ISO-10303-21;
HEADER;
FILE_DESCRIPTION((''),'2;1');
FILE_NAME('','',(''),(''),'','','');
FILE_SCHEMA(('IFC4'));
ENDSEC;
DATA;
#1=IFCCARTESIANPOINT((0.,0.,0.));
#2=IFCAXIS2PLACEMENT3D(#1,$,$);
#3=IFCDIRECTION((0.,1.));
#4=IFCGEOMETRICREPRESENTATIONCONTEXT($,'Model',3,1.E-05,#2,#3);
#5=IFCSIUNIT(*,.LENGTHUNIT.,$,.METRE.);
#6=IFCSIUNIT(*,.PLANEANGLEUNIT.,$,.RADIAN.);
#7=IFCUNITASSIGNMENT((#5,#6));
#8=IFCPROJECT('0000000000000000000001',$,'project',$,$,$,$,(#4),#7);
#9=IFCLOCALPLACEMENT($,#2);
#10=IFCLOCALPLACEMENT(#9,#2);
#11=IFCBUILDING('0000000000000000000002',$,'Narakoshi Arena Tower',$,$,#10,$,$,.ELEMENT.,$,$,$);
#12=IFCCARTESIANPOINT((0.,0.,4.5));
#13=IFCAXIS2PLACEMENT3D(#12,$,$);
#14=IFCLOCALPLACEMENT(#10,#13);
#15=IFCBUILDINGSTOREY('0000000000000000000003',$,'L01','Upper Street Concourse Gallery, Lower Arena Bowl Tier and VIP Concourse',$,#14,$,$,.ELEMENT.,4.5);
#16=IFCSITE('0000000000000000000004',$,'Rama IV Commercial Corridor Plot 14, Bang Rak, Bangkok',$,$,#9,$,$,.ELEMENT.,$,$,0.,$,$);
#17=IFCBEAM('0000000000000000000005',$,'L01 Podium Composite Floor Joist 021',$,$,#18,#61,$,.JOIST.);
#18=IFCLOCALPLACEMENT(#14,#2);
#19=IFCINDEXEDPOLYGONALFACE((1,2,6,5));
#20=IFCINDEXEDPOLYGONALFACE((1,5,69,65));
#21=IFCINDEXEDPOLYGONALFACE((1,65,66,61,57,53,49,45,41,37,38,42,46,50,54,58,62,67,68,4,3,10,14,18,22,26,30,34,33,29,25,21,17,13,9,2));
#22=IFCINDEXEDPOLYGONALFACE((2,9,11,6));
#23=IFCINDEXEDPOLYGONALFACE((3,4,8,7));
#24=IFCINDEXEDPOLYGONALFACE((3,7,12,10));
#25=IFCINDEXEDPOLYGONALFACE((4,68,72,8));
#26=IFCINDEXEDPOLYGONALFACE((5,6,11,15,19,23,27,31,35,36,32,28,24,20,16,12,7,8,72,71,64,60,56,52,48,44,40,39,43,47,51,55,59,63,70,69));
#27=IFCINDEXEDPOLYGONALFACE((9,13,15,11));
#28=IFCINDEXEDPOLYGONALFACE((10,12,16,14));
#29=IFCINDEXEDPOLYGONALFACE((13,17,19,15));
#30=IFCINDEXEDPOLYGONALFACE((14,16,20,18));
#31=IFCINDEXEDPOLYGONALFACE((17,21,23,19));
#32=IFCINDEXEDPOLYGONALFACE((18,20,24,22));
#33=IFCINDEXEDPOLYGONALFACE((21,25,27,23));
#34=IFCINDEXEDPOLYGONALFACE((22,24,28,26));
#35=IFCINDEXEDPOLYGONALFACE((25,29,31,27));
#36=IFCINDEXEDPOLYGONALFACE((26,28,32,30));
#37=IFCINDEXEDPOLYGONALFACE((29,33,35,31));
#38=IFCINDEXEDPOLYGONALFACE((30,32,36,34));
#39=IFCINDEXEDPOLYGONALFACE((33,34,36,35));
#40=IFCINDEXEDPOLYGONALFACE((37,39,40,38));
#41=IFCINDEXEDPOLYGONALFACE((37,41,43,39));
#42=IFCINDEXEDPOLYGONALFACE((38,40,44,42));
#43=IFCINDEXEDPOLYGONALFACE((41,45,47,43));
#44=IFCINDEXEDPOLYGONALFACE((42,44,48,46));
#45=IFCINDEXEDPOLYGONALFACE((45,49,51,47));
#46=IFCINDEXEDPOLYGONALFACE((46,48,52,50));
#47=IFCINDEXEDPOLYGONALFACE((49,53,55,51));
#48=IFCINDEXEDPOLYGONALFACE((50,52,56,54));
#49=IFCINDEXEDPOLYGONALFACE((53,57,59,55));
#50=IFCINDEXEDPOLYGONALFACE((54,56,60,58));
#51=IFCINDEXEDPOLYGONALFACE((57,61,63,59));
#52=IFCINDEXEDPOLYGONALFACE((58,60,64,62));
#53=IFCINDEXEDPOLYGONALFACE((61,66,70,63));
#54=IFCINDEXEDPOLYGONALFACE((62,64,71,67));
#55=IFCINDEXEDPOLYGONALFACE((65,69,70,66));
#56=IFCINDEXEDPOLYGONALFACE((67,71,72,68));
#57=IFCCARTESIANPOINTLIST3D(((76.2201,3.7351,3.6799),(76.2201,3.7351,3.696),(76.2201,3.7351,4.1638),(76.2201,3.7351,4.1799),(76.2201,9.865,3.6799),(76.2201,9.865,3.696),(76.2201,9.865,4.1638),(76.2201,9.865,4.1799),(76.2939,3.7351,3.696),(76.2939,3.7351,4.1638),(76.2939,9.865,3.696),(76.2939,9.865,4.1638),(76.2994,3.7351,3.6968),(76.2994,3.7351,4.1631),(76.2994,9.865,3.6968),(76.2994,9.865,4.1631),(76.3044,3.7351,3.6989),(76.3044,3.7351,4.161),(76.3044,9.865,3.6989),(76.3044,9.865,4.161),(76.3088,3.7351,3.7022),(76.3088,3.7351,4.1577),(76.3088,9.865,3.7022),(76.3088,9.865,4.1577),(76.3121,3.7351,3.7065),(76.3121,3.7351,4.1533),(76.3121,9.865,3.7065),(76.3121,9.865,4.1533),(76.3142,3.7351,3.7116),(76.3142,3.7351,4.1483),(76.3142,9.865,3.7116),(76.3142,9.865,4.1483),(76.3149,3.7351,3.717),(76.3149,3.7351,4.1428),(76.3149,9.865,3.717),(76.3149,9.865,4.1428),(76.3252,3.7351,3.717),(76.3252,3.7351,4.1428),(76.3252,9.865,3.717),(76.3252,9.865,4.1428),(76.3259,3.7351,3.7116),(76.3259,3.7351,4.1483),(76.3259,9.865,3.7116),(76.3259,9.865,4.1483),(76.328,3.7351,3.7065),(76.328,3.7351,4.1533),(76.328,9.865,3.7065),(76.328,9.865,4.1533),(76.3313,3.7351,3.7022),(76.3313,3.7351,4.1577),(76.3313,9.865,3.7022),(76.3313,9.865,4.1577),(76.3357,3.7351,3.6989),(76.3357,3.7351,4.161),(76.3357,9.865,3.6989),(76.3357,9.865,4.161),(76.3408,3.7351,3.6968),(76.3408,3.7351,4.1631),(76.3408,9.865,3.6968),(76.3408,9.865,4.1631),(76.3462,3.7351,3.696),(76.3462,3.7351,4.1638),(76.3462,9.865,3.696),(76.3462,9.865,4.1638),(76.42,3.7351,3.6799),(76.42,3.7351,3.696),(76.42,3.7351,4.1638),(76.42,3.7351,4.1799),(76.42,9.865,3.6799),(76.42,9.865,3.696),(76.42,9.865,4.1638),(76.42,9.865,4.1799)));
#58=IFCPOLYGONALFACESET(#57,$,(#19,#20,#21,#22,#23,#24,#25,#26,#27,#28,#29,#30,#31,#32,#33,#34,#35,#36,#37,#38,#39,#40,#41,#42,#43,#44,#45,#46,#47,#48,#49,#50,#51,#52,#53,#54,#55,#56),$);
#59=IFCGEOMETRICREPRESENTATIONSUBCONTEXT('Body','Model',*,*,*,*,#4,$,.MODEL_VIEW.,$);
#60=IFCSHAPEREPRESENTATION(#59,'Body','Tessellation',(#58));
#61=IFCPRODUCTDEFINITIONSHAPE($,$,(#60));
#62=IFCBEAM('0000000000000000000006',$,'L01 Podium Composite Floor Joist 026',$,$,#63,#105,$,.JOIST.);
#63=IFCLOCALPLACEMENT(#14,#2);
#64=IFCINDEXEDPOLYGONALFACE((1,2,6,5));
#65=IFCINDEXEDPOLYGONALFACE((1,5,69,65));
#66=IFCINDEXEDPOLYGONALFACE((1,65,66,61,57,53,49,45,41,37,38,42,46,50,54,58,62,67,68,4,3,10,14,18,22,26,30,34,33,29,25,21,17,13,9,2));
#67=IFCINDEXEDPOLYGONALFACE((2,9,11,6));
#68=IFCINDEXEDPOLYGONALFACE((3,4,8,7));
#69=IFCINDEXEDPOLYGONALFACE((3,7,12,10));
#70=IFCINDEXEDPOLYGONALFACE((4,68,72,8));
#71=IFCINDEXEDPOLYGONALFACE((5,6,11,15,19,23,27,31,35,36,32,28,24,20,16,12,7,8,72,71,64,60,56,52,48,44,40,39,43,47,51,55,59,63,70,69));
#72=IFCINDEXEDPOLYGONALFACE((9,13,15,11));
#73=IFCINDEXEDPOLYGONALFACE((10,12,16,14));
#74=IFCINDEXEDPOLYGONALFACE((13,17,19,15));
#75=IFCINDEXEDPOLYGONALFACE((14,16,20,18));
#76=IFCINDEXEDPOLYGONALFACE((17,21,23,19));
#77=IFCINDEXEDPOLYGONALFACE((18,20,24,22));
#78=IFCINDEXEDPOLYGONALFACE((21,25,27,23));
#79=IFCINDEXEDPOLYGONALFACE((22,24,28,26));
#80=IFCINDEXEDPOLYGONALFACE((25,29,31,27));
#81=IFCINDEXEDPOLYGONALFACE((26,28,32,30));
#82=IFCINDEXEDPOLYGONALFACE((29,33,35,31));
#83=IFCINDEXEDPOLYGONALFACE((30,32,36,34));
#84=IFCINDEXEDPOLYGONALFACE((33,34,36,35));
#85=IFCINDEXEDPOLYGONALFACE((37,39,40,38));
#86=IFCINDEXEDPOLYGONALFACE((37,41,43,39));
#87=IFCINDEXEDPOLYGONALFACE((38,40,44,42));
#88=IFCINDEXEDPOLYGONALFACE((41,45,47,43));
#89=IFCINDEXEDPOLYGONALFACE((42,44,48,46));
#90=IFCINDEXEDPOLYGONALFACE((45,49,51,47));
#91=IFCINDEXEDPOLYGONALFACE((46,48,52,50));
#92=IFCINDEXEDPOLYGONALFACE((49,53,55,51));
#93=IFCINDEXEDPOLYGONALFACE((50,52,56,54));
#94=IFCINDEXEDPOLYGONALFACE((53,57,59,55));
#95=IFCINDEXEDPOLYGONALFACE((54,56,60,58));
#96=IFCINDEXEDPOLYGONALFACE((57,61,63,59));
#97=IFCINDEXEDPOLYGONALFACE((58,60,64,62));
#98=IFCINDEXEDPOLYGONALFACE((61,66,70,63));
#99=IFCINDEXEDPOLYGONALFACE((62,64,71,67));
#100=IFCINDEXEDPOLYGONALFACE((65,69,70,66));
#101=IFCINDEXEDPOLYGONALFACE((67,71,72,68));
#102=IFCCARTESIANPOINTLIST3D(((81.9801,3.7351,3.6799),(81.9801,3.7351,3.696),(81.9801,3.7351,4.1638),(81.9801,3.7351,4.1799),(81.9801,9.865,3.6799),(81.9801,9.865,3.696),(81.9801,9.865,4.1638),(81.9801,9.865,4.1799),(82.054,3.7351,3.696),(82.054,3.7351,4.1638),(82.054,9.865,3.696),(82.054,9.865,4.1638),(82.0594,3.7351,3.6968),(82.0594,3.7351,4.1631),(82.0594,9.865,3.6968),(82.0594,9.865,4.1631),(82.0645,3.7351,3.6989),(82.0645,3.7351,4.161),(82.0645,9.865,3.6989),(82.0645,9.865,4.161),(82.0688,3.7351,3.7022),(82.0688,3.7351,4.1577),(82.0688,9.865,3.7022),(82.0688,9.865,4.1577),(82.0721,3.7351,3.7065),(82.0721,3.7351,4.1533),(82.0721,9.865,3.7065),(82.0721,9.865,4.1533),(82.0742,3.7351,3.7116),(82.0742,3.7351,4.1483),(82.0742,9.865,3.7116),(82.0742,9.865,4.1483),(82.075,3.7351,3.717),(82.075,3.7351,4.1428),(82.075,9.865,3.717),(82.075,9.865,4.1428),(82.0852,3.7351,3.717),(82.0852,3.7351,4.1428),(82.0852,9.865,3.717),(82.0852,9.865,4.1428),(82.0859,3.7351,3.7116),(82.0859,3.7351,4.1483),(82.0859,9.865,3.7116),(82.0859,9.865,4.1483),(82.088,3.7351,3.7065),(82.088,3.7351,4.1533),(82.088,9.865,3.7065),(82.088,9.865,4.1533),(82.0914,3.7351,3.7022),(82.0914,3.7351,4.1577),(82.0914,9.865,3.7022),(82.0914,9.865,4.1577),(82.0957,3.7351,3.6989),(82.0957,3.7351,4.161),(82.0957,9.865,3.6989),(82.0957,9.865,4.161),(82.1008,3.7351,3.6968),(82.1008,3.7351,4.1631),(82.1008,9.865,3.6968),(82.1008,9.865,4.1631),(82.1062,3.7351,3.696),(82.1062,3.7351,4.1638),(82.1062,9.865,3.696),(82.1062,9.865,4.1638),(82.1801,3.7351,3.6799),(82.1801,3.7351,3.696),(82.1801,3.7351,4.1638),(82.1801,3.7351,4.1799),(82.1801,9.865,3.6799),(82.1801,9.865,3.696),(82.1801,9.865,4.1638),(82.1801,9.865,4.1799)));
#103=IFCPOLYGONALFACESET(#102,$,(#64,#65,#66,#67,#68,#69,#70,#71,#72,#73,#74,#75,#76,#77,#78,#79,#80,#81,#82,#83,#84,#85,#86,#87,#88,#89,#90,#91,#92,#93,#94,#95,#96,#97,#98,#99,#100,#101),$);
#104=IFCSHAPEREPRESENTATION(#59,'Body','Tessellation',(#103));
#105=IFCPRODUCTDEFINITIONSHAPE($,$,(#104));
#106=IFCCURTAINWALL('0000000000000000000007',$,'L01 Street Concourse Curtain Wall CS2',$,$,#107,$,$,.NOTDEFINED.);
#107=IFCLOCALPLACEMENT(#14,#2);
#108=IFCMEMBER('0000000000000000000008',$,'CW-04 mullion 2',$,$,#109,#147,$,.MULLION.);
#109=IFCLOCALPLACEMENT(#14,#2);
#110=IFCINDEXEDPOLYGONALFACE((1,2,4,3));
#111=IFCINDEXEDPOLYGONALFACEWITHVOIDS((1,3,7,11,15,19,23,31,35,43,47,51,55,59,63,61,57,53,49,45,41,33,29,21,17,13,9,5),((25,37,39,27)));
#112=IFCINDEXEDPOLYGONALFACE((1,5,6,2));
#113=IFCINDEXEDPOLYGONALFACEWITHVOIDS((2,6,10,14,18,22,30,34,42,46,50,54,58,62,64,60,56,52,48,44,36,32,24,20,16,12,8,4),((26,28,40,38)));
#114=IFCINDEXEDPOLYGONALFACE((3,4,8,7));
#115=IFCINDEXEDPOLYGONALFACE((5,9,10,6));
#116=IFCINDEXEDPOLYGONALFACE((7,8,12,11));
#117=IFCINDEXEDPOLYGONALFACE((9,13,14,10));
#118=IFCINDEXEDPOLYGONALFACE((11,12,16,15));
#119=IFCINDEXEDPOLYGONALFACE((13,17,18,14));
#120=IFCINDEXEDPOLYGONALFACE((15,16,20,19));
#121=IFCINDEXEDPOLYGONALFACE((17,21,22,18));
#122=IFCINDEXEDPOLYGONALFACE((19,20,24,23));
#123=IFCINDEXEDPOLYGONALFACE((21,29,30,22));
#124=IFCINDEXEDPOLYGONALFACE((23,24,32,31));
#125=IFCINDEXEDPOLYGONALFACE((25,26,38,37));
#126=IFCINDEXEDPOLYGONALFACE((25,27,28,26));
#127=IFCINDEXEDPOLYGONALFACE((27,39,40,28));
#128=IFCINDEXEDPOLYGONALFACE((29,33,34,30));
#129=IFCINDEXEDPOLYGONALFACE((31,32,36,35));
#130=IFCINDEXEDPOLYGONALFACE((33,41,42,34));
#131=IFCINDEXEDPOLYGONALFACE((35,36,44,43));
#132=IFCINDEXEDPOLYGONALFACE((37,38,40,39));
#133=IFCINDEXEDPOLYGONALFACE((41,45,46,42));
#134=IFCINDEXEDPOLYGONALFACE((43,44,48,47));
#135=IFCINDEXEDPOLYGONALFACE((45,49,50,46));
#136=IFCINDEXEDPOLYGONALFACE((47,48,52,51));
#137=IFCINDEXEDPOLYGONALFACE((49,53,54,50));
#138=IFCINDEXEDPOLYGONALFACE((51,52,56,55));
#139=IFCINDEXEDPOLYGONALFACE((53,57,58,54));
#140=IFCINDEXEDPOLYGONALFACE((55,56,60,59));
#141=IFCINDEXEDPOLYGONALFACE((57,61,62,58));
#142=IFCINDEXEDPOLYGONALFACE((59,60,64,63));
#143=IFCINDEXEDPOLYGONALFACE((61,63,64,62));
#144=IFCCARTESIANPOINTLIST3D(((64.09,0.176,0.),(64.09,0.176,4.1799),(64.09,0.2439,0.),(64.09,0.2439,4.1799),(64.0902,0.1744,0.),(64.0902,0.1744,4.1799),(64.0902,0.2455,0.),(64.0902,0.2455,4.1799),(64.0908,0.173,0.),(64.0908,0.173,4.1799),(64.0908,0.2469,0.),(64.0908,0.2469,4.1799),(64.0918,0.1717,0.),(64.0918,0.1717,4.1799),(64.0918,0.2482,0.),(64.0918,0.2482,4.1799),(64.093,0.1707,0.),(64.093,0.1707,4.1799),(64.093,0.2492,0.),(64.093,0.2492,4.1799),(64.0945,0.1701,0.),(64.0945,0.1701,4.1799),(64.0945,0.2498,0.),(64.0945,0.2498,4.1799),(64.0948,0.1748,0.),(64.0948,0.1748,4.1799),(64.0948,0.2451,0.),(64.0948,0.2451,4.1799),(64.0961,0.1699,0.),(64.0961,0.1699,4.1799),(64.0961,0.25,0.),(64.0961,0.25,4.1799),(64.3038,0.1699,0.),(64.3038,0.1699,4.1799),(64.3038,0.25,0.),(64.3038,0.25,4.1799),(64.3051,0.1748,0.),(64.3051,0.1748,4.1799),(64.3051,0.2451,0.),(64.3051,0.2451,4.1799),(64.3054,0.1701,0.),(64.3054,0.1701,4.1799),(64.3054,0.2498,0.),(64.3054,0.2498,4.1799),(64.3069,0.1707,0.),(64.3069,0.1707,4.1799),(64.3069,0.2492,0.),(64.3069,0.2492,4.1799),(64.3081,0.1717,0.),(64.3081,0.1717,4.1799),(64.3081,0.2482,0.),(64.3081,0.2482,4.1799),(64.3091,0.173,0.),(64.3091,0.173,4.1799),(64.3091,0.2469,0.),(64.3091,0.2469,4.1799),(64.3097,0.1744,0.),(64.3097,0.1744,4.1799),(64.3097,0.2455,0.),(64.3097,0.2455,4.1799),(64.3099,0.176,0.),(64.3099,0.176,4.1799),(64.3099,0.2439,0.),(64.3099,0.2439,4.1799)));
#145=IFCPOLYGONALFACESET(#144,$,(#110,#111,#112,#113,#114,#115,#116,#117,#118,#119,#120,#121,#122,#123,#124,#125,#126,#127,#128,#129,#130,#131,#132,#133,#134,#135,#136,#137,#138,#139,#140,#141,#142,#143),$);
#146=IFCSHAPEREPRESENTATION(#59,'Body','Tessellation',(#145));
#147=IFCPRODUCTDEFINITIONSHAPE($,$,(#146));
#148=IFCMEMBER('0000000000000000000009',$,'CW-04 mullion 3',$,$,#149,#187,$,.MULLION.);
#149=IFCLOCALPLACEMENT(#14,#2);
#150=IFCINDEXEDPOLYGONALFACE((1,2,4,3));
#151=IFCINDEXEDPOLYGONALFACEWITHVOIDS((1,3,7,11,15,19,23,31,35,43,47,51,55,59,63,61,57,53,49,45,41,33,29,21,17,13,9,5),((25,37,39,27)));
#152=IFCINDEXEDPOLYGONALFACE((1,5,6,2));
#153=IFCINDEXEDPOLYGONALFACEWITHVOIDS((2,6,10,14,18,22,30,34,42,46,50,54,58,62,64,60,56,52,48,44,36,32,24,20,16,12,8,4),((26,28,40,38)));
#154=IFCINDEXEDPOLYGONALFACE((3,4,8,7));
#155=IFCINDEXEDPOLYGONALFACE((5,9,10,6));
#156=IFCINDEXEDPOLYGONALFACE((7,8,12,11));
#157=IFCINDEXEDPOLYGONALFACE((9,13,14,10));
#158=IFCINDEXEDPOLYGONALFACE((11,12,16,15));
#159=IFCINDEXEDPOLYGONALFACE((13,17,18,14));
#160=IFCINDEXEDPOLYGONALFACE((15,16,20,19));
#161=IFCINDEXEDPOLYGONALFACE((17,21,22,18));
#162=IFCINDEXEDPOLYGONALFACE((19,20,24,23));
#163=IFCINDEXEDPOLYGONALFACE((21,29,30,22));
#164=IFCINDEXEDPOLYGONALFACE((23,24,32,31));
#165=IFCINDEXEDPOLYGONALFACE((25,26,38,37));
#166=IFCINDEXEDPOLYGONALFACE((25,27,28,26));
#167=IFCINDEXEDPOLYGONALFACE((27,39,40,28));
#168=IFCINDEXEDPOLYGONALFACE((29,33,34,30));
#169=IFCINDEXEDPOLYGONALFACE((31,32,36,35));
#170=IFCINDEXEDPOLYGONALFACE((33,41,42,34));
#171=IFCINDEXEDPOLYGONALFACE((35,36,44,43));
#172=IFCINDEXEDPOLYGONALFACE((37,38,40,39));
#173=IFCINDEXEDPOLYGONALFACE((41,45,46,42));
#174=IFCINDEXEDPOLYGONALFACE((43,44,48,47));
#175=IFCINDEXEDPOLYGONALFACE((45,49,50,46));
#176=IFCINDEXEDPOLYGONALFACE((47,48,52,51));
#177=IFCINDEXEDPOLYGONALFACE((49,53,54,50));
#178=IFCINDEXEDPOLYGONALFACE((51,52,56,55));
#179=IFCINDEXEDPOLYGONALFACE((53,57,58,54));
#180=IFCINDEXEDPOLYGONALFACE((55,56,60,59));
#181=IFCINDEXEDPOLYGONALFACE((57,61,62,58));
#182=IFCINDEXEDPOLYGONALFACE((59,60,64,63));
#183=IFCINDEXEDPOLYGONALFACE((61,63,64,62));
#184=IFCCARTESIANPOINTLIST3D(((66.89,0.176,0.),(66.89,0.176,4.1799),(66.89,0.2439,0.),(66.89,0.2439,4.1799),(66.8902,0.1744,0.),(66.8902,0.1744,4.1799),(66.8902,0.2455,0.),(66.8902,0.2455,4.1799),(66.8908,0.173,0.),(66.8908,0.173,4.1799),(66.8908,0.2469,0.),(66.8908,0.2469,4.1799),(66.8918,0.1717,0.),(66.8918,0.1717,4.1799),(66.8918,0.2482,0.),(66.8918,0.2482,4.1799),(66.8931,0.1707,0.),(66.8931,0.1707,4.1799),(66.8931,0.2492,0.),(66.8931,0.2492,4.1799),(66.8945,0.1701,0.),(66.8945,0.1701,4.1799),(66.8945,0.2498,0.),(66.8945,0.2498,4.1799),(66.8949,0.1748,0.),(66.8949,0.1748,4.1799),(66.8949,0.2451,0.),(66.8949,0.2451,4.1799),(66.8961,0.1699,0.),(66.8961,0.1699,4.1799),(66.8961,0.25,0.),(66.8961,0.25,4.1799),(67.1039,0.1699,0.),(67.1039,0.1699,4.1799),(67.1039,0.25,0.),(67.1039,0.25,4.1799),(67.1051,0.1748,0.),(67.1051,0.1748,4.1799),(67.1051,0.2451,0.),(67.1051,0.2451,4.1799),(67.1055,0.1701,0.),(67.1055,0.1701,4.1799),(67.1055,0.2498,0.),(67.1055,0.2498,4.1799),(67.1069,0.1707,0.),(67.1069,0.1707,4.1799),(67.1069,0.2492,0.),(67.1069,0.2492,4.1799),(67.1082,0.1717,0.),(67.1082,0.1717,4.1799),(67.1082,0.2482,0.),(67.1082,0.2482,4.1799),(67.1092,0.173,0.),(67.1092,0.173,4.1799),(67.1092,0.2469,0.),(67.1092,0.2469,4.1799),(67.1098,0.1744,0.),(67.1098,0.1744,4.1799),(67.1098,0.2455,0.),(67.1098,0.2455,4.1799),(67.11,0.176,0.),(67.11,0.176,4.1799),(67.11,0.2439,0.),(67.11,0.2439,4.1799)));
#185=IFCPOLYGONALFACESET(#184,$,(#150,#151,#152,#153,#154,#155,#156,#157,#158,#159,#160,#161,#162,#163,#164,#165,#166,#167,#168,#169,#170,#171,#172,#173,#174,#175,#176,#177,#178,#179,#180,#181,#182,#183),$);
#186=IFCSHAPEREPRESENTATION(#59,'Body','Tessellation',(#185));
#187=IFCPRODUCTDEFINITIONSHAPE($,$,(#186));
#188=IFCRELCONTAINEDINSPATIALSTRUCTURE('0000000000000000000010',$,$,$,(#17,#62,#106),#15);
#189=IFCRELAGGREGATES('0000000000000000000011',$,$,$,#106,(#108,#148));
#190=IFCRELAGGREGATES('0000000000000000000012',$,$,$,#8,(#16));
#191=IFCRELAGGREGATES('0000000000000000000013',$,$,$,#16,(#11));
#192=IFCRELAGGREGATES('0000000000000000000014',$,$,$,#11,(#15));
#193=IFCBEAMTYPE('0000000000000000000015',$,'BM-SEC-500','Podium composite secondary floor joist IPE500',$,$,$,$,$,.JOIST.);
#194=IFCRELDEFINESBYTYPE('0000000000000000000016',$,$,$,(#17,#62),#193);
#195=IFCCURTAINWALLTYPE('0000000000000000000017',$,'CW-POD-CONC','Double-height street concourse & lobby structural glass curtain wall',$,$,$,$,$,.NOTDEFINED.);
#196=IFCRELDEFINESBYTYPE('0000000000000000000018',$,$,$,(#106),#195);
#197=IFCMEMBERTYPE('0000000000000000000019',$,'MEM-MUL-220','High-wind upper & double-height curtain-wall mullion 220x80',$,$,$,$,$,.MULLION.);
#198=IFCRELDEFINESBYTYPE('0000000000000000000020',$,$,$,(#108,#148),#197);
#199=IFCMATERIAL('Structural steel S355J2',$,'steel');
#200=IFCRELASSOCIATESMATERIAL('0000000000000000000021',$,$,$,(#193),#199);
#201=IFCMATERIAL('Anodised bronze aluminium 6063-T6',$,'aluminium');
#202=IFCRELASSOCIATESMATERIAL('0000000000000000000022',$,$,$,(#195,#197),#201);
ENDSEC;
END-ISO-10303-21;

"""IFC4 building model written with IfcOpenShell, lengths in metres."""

from ifc_helpers import new_model, si_unit, direction, frame, origin, origin_2d, place, context, subcontext, project, spatial, hollow_rectangle, i_section, extrude, material, material_profile, profile_set, type_object, element, aggregate, save


model = new_model("IFC4")

# Units and contexts
model_context = context("Model", 3, precision=1e-05, world=origin(), true_north=direction((0.0, 1.0)))
body_context = subcontext(model_context, "Body", "Model", "MODEL_VIEW")
ifc_project = project(units=[si_unit("LENGTHUNIT", "METRE"), si_unit("PLANEANGLEUNIT", "RADIAN")], contexts=[model_context])

# Site, building, storey
site_placement = place(None, origin())
site = spatial("IfcSite", under=ifc_project, at=site_placement, Name="Rama IV Commercial Corridor Plot 14, Bang Rak, Bangkok", CompositionType="ELEMENT", RefElevation=0.0)
building_placement = place(site_placement, origin())
building = spatial("IfcBuilding", under=site, at=building_placement, Name="Narakoshi Arena Tower", CompositionType="ELEMENT")
storey_placement = place(building_placement, frame((0.0, 0.0, 4.5)))
storey = spatial("IfcBuildingStorey", under=building, at=storey_placement, Name="L01", Description="Upper Street Concourse Gallery, Lower Arena Bowl Tier and VIP Concourse", CompositionType="ELEMENT", Elevation=4.5)

# Beams
ifc_material_1 = material(Name="Structural steel S355J2", Category="steel")
ifc_material_profile_1 = material_profile(ifc_material_1, i_section(OverallWidth=0.2, OverallDepth=0.5, WebThickness=0.0103, FlangeThickness=0.0161, FilletRadius=0.021, at=origin_2d()), Name="IPE500")
ifc_profile_set_1 = profile_set([ifc_material_profile_1], Name="Structural steel S355J2")
beam_type_1 = type_object("IfcBeamType", Name="BM-SEC-500", Description="Podium composite secondary floor joist IPE500", PredefinedType="JOIST", material=ifc_profile_set_1)
for number, where, z_axis, x_axis, name in (
    (1, (76.3201, 3.7351, 3.9299), (0.0, 1.0, 0.0), (-1.0, 0.0, 0.0), "L01 Podium Composite Floor Joist 021"),
    (2, (82.0801, 3.7351, 3.9299), (0.0, 1.0, 0.0), (-1.0, 0.0, 0.0), "L01 Podium Composite Floor Joist 026"),
):
    element("IfcBeam", number, at=place(storey_placement, frame(where, z_axis=z_axis, x_axis=x_axis)), inside=storey, type_object=beam_type_1, Name=name, PredefinedType="JOIST", context=body_context, shape_type="SweptSolid", body=[
        extrude(i_section(OverallWidth=0.2, OverallDepth=0.5, WebThickness=0.0103, FlangeThickness=0.0161, FilletRadius=0.021, at=origin_2d()), origin(), (0.0, 0.0, 1.0), 6.1299),
    ])

# Curtain wall, members
ifc_material_2 = material(Name="Anodised bronze aluminium 6063-T6", Category="aluminium")
curtain_wall_type = type_object("IfcCurtainWallType", Name="CW-POD-CONC", Description="Double-height street concourse & lobby structural glass curtain wall", PredefinedType="NOTDEFINED", material=ifc_material_2)
curtain_wall_placement = place(storey_placement, origin())
curtain_wall = element("IfcCurtainWall", 3, at=curtain_wall_placement, inside=storey, type_object=curtain_wall_type, Name="L01 Street Concourse Curtain Wall CS2", PredefinedType="NOTDEFINED")
ifc_material_profile_2 = material_profile(ifc_material_2, hollow_rectangle(XDim=0.0801, YDim=0.22, WallThickness=0.0049, OuterFilletRadius=0.0061, at=origin_2d()), Name="MUL220x80x5")
ifc_profile_set_2 = profile_set([ifc_material_profile_2], Name="Anodised bronze aluminium 6063-T6")
member_type_1 = type_object("IfcMemberType", Name="MEM-MUL-220", Description="High-wind upper & double-height curtain-wall mullion 220x80", PredefinedType="MULLION", material=ifc_profile_set_2)
member_1_placement = place(storey_placement, frame((64.2, 0.21, 0.0), z_axis=(0.0, 0.0, 1.0), x_axis=(0.0, 1.0, 0.0)))
member_1 = element("IfcMember", 4, at=member_1_placement, type_object=member_type_1, Name="CW-04 mullion 2", PredefinedType="MULLION", context=body_context, shape_type="SweptSolid", body=[
    extrude(hollow_rectangle(XDim=0.0801, YDim=0.22, WallThickness=0.0049, OuterFilletRadius=0.0061, at=origin_2d()), origin(), (0.0, 0.0, 1.0), 4.1799),
])
member_2_placement = place(storey_placement, frame((67.0, 0.21, 0.0), z_axis=(0.0, 0.0, 1.0), x_axis=(0.0, 1.0, 0.0)))
member_2 = element("IfcMember", 5, at=member_2_placement, type_object=member_type_1, Name="CW-04 mullion 3", PredefinedType="MULLION", context=body_context, shape_type="SweptSolid", body=[
    extrude(hollow_rectangle(XDim=0.0801, YDim=0.22, WallThickness=0.0049, OuterFilletRadius=0.0061, at=origin_2d()), origin(), (0.0, 0.0, 1.0), 4.1799),
])
aggregate(curtain_wall, [member_1, member_2])

save(model, "model.ifc")
